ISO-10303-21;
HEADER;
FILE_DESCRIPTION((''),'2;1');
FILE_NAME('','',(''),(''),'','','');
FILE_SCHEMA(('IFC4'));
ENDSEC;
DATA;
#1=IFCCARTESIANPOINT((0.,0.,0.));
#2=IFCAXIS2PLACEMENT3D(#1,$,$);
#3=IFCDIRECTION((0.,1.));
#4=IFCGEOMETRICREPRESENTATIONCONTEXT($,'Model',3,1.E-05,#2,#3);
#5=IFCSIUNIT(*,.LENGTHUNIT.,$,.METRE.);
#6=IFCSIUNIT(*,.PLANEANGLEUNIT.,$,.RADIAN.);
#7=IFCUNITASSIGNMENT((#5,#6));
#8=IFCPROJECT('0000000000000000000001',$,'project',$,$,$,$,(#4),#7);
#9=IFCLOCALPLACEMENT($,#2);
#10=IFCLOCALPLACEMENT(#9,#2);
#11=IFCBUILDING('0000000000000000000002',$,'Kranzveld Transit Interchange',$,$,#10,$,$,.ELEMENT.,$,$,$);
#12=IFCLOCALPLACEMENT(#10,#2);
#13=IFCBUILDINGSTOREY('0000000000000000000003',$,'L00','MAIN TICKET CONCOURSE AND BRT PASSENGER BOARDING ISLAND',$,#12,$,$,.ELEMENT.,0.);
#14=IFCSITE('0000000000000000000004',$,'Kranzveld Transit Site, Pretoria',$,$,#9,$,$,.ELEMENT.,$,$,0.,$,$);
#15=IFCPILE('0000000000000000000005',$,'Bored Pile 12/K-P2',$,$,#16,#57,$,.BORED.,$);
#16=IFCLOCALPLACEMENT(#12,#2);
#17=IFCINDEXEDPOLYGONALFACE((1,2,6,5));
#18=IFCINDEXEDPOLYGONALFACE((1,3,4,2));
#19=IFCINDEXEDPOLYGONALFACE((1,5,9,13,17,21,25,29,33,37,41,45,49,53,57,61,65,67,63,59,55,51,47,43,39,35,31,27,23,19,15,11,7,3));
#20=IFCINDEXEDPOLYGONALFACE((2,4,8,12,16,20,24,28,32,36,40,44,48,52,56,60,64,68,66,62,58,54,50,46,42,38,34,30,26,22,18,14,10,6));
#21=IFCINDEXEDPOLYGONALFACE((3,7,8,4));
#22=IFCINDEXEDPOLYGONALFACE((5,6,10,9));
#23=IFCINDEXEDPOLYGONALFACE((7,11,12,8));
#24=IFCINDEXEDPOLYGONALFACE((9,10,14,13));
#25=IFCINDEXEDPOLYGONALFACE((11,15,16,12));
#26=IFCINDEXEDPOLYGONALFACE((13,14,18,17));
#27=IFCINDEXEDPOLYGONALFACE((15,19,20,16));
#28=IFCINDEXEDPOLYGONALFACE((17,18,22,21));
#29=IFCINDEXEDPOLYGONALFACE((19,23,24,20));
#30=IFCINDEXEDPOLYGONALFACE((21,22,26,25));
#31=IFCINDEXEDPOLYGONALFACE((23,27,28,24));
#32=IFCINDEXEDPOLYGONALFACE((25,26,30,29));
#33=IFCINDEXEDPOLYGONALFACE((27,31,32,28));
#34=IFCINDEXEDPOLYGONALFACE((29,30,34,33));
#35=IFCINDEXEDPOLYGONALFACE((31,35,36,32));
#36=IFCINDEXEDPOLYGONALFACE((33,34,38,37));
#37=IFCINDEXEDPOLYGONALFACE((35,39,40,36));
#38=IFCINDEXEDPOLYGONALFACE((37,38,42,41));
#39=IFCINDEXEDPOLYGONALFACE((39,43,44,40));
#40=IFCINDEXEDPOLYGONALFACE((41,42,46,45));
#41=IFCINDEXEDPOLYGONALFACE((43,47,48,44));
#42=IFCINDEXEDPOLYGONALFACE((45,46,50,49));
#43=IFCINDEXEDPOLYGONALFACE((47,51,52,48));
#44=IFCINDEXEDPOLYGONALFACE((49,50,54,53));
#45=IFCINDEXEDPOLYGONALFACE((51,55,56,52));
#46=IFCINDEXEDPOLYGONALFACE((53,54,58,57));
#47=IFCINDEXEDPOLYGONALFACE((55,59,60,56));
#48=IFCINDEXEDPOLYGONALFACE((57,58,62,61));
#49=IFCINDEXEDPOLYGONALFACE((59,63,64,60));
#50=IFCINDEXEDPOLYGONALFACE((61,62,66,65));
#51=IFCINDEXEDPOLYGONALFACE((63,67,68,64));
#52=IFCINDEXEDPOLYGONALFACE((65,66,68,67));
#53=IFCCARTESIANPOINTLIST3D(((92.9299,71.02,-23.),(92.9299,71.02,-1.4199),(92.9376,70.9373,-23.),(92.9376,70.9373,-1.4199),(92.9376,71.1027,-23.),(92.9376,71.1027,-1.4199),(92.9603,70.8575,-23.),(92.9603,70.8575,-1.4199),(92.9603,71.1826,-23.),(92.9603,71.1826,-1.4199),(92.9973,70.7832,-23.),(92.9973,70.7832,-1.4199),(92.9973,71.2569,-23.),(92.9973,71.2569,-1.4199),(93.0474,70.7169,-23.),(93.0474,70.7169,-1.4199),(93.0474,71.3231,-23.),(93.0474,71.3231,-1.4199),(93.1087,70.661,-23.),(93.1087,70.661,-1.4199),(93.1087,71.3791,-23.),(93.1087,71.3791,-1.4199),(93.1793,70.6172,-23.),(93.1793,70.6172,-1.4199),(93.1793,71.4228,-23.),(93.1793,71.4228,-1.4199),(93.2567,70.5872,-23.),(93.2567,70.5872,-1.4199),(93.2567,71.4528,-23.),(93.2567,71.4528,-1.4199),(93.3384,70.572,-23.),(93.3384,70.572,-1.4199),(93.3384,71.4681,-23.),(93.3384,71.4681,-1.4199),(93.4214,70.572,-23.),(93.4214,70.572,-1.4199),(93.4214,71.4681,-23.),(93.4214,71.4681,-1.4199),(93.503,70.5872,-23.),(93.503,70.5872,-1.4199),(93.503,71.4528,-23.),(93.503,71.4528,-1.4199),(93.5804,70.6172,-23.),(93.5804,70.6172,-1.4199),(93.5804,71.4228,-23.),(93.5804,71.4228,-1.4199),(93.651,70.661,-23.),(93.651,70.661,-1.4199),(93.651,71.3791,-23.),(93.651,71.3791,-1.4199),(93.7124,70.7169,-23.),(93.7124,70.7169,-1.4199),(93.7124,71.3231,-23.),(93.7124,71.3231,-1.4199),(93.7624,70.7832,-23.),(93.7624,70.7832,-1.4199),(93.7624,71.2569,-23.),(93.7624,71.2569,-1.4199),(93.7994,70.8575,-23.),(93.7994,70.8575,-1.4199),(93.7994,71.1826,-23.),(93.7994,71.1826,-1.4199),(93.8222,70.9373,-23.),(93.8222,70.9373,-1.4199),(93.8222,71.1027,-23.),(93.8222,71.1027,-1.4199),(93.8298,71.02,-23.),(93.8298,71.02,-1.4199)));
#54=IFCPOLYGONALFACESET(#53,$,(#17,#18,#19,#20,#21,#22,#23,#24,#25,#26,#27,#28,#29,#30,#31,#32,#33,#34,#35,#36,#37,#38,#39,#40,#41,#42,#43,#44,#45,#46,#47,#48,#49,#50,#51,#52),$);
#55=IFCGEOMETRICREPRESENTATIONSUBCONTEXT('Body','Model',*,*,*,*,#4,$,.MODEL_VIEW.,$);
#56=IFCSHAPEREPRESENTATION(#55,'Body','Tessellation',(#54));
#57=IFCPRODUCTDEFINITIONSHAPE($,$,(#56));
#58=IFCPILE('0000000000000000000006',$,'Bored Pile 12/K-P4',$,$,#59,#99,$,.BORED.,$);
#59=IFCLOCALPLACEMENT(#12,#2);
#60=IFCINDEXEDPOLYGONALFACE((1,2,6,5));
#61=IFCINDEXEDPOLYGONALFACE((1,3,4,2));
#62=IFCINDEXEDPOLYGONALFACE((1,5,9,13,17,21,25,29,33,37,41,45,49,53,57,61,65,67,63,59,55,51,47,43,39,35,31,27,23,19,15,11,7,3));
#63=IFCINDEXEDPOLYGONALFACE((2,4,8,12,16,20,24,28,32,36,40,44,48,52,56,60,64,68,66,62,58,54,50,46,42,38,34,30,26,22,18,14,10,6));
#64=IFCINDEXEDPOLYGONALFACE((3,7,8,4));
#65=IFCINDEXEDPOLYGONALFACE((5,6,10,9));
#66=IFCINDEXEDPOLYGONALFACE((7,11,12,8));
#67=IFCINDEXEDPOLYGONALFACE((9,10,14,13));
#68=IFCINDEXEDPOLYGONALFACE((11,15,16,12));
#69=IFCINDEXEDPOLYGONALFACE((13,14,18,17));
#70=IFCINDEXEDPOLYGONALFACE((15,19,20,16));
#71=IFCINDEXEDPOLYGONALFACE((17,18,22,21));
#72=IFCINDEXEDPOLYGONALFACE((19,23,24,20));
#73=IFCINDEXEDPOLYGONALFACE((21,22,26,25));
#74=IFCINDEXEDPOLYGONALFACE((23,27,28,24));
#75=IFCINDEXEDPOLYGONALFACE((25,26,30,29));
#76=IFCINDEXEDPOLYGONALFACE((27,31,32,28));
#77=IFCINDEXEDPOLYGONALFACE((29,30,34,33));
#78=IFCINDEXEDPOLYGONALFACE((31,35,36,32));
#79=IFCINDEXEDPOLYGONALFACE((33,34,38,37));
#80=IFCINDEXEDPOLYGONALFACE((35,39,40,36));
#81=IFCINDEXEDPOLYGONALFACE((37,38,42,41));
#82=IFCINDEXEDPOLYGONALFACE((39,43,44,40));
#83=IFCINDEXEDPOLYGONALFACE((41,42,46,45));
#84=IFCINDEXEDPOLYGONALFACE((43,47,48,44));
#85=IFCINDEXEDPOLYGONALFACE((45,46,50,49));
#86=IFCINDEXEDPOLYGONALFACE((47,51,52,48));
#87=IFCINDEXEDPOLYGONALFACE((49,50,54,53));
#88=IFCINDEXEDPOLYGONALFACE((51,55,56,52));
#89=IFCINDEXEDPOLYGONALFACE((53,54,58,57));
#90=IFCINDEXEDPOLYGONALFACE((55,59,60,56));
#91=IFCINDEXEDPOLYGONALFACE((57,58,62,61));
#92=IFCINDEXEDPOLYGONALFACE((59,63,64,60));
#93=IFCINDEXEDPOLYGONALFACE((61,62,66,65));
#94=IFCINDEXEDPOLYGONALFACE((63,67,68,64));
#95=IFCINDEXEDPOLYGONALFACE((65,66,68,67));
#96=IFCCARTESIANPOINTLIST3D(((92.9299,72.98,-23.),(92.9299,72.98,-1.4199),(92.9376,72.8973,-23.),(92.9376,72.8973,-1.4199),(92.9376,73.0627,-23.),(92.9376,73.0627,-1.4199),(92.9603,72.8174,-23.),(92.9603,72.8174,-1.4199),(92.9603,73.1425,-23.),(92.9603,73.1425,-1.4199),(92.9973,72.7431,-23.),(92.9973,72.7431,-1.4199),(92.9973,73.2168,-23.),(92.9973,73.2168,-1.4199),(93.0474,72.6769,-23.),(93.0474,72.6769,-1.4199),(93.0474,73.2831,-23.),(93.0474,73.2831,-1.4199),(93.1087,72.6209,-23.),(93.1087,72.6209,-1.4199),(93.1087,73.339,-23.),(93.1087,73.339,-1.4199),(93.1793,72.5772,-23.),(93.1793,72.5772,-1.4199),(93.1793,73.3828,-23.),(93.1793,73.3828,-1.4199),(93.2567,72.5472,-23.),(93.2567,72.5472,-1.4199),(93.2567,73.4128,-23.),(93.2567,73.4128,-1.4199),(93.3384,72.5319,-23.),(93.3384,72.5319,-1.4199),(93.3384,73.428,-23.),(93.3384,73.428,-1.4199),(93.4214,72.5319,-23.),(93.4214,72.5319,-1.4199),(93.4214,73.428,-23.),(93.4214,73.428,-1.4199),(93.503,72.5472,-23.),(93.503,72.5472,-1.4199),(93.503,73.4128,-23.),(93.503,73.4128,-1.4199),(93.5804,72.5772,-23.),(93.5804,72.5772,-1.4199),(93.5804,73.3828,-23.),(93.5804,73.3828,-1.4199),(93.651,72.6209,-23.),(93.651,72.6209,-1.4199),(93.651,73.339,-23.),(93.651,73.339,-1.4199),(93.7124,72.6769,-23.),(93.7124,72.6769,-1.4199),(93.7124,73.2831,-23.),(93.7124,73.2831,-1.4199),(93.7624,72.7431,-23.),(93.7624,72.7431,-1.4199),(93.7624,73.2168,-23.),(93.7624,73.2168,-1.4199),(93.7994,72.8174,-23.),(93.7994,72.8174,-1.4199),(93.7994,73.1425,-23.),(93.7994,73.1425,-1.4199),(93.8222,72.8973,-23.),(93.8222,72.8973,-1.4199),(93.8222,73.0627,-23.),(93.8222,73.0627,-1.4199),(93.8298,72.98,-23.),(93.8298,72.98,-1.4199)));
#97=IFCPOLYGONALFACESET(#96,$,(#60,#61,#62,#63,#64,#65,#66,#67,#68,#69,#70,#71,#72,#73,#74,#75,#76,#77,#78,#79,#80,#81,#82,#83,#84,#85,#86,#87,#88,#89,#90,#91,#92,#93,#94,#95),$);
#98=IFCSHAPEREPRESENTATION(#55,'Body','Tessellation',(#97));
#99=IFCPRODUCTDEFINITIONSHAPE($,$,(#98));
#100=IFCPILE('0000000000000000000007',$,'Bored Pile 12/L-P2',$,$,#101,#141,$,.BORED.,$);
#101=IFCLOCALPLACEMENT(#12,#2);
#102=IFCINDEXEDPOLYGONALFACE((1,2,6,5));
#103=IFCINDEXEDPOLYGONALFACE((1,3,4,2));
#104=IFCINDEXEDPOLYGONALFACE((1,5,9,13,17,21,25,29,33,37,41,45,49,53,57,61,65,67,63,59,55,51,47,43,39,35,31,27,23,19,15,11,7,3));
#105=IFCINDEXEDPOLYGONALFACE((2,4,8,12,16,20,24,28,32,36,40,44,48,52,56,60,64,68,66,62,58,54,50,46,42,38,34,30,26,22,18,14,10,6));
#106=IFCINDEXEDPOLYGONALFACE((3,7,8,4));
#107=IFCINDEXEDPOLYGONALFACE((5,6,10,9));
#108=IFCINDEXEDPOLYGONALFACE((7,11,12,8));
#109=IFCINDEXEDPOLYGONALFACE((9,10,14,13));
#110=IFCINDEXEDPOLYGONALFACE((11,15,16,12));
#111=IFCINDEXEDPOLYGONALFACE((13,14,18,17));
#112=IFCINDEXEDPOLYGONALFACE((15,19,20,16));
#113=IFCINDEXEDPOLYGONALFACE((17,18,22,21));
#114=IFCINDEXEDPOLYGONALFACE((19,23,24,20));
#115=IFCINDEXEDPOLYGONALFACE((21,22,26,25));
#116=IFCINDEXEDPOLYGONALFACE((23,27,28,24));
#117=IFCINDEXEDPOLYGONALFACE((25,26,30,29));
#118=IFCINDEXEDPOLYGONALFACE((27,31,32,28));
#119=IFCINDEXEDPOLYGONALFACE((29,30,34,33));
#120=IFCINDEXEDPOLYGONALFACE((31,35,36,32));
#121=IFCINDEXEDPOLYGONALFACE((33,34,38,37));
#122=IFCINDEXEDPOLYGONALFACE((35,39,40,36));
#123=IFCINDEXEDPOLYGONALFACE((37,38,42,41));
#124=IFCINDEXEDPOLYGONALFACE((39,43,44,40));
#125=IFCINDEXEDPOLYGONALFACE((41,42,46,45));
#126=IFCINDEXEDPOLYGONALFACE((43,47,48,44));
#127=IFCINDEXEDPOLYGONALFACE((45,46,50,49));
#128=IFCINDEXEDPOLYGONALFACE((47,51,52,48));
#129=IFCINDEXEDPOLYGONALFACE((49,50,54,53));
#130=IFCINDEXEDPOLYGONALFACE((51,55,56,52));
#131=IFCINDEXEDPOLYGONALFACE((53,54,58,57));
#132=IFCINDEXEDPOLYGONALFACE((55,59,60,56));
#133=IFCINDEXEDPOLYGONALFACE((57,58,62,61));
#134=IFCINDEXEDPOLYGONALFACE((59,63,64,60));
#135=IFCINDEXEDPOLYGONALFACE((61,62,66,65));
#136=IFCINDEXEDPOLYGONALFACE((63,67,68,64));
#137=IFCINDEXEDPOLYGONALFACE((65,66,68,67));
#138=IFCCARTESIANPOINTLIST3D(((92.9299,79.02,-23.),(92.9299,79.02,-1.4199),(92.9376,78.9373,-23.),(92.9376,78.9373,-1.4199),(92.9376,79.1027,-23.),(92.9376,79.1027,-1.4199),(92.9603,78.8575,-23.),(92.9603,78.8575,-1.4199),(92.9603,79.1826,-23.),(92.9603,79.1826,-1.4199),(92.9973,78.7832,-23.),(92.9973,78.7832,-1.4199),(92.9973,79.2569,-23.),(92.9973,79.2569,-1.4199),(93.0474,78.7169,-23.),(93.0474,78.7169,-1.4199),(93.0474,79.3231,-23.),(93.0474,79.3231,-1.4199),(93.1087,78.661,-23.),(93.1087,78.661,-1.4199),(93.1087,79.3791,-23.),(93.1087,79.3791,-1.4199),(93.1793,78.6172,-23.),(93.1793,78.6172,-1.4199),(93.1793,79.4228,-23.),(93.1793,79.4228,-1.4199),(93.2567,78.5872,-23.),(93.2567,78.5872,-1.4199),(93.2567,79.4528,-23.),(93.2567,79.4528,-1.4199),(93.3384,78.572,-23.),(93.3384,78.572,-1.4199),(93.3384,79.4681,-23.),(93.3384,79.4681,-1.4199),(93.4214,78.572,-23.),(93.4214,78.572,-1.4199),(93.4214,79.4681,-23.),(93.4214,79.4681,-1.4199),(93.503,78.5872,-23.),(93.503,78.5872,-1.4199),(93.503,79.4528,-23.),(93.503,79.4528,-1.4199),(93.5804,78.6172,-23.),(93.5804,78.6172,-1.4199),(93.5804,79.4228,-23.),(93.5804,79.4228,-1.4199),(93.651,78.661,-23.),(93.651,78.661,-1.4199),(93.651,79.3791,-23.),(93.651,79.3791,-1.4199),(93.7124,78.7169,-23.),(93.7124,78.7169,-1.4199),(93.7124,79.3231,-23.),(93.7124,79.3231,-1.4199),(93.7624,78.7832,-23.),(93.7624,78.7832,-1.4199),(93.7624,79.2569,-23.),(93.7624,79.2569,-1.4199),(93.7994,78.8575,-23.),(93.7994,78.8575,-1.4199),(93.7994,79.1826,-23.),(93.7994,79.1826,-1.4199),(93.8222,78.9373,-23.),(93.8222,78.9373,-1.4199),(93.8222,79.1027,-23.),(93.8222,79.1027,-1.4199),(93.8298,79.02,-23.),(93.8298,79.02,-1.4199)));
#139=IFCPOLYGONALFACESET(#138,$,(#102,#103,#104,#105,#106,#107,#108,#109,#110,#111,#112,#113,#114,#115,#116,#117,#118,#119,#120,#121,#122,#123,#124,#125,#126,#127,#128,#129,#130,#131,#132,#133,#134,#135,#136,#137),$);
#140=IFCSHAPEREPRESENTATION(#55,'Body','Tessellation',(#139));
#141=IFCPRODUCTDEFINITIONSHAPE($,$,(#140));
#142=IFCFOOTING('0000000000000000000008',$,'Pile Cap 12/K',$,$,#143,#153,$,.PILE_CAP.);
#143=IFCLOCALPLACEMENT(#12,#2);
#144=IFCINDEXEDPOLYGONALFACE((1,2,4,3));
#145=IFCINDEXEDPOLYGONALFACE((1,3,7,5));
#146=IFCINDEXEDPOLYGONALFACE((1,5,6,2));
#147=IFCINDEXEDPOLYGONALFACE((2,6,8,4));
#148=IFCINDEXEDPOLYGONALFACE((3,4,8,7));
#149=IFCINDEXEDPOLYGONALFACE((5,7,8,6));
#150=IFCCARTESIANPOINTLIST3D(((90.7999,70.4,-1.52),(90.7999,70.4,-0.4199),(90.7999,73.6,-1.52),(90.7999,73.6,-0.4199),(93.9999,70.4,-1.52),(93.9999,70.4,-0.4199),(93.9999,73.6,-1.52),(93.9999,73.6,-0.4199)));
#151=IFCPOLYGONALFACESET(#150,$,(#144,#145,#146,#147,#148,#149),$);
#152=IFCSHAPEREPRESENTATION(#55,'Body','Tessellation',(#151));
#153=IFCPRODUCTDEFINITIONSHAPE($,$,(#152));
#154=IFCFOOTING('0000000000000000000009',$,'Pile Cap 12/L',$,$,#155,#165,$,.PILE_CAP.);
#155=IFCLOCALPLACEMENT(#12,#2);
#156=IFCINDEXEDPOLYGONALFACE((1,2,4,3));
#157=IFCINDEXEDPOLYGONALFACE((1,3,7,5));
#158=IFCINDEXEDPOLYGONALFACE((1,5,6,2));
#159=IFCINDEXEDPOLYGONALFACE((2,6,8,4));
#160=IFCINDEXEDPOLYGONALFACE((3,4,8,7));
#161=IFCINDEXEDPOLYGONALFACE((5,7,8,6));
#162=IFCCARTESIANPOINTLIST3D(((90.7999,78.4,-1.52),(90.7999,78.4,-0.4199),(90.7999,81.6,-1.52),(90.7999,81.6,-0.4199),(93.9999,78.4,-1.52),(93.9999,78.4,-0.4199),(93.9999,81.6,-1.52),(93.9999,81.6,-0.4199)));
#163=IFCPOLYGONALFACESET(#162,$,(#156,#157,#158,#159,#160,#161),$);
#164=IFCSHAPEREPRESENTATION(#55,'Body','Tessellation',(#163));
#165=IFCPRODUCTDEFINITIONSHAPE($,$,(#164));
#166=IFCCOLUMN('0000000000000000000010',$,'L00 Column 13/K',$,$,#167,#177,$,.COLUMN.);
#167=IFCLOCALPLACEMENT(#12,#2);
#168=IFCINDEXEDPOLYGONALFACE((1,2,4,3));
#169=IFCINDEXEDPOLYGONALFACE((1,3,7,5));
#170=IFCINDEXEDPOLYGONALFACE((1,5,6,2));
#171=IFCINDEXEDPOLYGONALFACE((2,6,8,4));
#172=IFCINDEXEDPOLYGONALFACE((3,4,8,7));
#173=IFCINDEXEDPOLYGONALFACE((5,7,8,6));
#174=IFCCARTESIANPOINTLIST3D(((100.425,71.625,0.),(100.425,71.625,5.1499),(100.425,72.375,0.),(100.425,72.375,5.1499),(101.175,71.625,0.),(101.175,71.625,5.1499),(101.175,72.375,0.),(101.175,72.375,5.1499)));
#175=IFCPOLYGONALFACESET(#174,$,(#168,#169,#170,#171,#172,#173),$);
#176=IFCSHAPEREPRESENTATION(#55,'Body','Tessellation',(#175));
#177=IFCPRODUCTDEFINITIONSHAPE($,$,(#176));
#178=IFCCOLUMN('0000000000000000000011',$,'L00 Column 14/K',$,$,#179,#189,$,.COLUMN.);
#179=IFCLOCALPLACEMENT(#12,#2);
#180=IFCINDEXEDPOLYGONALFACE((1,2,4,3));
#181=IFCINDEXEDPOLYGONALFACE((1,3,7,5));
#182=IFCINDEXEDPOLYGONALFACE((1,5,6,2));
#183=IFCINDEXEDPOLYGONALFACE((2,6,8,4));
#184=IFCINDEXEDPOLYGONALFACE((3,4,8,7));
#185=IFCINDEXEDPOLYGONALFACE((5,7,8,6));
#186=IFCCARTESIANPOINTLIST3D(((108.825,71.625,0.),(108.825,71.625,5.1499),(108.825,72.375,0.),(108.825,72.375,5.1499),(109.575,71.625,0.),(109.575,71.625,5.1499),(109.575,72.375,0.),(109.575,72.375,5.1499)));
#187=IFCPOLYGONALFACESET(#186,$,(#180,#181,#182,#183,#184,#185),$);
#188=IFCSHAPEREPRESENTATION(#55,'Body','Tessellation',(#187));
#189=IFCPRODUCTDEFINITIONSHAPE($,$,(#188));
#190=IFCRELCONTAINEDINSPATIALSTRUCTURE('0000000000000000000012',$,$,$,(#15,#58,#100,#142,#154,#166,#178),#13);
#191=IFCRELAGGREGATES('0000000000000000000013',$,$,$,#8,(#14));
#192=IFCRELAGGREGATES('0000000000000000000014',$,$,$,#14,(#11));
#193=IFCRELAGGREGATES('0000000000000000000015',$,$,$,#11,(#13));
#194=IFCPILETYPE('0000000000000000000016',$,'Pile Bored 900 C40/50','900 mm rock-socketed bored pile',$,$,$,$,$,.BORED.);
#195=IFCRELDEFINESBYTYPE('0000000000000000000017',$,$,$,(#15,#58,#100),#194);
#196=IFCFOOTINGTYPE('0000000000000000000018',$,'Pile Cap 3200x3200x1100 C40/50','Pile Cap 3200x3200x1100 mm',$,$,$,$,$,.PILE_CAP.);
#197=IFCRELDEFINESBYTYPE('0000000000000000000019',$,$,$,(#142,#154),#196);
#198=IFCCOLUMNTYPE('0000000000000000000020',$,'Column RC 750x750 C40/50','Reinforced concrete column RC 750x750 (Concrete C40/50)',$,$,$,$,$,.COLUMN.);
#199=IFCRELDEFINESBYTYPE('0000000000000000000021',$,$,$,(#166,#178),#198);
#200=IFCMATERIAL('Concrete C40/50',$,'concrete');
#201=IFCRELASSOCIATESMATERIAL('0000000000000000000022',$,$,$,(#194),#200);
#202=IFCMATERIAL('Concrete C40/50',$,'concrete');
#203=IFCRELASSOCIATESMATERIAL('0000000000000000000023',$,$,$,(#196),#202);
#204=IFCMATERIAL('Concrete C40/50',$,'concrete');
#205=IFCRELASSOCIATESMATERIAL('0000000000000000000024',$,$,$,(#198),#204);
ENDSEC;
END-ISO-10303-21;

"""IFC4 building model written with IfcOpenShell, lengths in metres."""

from ifc_helpers import new_model, si_unit, direction, frame, origin, origin_2d, place, context, subcontext, project, spatial, rectangle, circle, extrude, material, material_profile, profile_set, type_object, element, save


model = new_model("IFC4")

# Units and contexts
model_context = context("Model", 3, precision=1e-05, world=origin(), true_north=direction((0.0, 1.0)))
body_context = subcontext(model_context, "Body", "Model", "MODEL_VIEW")
ifc_project = project(units=[si_unit("LENGTHUNIT", "METRE"), si_unit("PLANEANGLEUNIT", "RADIAN")], contexts=[model_context])

# Site, building, storey
site_placement = place(None, origin())
site = spatial("IfcSite", under=ifc_project, at=site_placement, Name="Kranzveld Transit Site, Pretoria", CompositionType="ELEMENT", RefElevation=0.0)
building_placement = place(site_placement, origin())
building = spatial("IfcBuilding", under=site, at=building_placement, Name="Kranzveld Transit Interchange", CompositionType="ELEMENT")
storey_placement = place(building_placement, origin())
storey = spatial("IfcBuildingStorey", under=building, at=storey_placement, Name="L00", Description="MAIN TICKET CONCOURSE AND BRT PASSENGER BOARDING ISLAND", CompositionType="ELEMENT", Elevation=0.0)

# Piles
ifc_material_1 = material(Name="Concrete C40/50", Category="concrete")
ifc_material_profile_1 = material_profile(ifc_material_1, circle(Radius=0.45, at=origin_2d()), Name="BORED PILE 900")
ifc_profile_set_1 = profile_set([ifc_material_profile_1], Name="Concrete C40/50")
pile_type = type_object("IfcPileType", Name="Pile Bored 900 C40/50", Description="900 mm rock-socketed bored pile", PredefinedType="BORED", material=ifc_profile_set_1)
for number, where, z_axis, x_axis, name in (
    (1, (93.3799, 71.02, -1.4199), (0.0, 0.0, -1.0), (1.0, 0.0, 0.0), "Bored Pile 12/K-P2"),
    (2, (93.3799, 72.98, -1.4199), (0.0, 0.0, -1.0), (1.0, 0.0, 0.0), "Bored Pile 12/K-P4"),
    (3, (93.3799, 79.02, -1.4199), (0.0, 0.0, -1.0), (1.0, 0.0, 0.0), "Bored Pile 12/L-P2"),
):
    element("IfcPile", number, at=place(storey_placement, frame(where, z_axis=z_axis, x_axis=x_axis)), inside=storey, type_object=pile_type, Name=name, PredefinedType="BORED", context=body_context, shape_type="SweptSolid", body=[
        extrude(circle(Radius=0.45, at=origin_2d()), origin(), (0.0, 0.0, 1.0), 21.5801),
    ])

# Footings
ifc_material_2 = material(Name="Concrete C40/50", Category="concrete")
footing_type = type_object("IfcFootingType", Name="Pile Cap 3200x3200x1100 C40/50", Description="Pile Cap 3200x3200x1100 mm", PredefinedType="PILE_CAP", material=ifc_material_2)
for number, where, z_axis, x_axis, name in (
    (4, (92.3999, 72.0, -1.52), (0.0, 0.0, 1.0), (1.0, 0.0, 0.0), "Pile Cap 12/K"),
    (5, (92.3999, 80.0, -1.52), (0.0, 0.0, 1.0), (1.0, 0.0, 0.0), "Pile Cap 12/L"),
):
    element("IfcFooting", number, at=place(storey_placement, frame(where, z_axis=z_axis, x_axis=x_axis)), inside=storey, type_object=footing_type, Name=name, PredefinedType="PILE_CAP", context=body_context, shape_type="SweptSolid", body=[
        extrude(rectangle(XDim=3.2, YDim=3.2, at=origin_2d()), origin(), (0.0, 0.0, 1.0), 1.1001),
    ])

# Columns
ifc_material_3 = material(Name="Concrete C40/50", Category="concrete")
ifc_material_profile_2 = material_profile(ifc_material_3, rectangle(XDim=0.75, YDim=0.75, at=origin_2d()), Name="RC 750x750")
ifc_profile_set_2 = profile_set([ifc_material_profile_2], Name="Concrete C40/50")
column_type_1 = type_object("IfcColumnType", Name="Column RC 750x750 C40/50", Description="Reinforced concrete column RC 750x750 (Concrete C40/50)", PredefinedType="COLUMN", material=ifc_profile_set_2)
for number, where, z_axis, x_axis, name in (
    (6, (100.8, 72.0, 0.0), (0.0, 0.0, 1.0), (1.0, 0.0, 0.0), "L00 Column 13/K"),
    (7, (109.2, 72.0, 0.0), (0.0, 0.0, 1.0), (1.0, 0.0, 0.0), "L00 Column 14/K"),
):
    element("IfcColumn", number, at=place(storey_placement, frame(where, z_axis=z_axis, x_axis=x_axis)), inside=storey, type_object=column_type_1, Name=name, PredefinedType="COLUMN", context=body_context, shape_type="SweptSolid", body=[
        extrude(rectangle(XDim=0.75, YDim=0.75, at=origin_2d()), origin(), (0.0, 0.0, 1.0), 5.1499),
    ])

save(model, "model.ifc")
